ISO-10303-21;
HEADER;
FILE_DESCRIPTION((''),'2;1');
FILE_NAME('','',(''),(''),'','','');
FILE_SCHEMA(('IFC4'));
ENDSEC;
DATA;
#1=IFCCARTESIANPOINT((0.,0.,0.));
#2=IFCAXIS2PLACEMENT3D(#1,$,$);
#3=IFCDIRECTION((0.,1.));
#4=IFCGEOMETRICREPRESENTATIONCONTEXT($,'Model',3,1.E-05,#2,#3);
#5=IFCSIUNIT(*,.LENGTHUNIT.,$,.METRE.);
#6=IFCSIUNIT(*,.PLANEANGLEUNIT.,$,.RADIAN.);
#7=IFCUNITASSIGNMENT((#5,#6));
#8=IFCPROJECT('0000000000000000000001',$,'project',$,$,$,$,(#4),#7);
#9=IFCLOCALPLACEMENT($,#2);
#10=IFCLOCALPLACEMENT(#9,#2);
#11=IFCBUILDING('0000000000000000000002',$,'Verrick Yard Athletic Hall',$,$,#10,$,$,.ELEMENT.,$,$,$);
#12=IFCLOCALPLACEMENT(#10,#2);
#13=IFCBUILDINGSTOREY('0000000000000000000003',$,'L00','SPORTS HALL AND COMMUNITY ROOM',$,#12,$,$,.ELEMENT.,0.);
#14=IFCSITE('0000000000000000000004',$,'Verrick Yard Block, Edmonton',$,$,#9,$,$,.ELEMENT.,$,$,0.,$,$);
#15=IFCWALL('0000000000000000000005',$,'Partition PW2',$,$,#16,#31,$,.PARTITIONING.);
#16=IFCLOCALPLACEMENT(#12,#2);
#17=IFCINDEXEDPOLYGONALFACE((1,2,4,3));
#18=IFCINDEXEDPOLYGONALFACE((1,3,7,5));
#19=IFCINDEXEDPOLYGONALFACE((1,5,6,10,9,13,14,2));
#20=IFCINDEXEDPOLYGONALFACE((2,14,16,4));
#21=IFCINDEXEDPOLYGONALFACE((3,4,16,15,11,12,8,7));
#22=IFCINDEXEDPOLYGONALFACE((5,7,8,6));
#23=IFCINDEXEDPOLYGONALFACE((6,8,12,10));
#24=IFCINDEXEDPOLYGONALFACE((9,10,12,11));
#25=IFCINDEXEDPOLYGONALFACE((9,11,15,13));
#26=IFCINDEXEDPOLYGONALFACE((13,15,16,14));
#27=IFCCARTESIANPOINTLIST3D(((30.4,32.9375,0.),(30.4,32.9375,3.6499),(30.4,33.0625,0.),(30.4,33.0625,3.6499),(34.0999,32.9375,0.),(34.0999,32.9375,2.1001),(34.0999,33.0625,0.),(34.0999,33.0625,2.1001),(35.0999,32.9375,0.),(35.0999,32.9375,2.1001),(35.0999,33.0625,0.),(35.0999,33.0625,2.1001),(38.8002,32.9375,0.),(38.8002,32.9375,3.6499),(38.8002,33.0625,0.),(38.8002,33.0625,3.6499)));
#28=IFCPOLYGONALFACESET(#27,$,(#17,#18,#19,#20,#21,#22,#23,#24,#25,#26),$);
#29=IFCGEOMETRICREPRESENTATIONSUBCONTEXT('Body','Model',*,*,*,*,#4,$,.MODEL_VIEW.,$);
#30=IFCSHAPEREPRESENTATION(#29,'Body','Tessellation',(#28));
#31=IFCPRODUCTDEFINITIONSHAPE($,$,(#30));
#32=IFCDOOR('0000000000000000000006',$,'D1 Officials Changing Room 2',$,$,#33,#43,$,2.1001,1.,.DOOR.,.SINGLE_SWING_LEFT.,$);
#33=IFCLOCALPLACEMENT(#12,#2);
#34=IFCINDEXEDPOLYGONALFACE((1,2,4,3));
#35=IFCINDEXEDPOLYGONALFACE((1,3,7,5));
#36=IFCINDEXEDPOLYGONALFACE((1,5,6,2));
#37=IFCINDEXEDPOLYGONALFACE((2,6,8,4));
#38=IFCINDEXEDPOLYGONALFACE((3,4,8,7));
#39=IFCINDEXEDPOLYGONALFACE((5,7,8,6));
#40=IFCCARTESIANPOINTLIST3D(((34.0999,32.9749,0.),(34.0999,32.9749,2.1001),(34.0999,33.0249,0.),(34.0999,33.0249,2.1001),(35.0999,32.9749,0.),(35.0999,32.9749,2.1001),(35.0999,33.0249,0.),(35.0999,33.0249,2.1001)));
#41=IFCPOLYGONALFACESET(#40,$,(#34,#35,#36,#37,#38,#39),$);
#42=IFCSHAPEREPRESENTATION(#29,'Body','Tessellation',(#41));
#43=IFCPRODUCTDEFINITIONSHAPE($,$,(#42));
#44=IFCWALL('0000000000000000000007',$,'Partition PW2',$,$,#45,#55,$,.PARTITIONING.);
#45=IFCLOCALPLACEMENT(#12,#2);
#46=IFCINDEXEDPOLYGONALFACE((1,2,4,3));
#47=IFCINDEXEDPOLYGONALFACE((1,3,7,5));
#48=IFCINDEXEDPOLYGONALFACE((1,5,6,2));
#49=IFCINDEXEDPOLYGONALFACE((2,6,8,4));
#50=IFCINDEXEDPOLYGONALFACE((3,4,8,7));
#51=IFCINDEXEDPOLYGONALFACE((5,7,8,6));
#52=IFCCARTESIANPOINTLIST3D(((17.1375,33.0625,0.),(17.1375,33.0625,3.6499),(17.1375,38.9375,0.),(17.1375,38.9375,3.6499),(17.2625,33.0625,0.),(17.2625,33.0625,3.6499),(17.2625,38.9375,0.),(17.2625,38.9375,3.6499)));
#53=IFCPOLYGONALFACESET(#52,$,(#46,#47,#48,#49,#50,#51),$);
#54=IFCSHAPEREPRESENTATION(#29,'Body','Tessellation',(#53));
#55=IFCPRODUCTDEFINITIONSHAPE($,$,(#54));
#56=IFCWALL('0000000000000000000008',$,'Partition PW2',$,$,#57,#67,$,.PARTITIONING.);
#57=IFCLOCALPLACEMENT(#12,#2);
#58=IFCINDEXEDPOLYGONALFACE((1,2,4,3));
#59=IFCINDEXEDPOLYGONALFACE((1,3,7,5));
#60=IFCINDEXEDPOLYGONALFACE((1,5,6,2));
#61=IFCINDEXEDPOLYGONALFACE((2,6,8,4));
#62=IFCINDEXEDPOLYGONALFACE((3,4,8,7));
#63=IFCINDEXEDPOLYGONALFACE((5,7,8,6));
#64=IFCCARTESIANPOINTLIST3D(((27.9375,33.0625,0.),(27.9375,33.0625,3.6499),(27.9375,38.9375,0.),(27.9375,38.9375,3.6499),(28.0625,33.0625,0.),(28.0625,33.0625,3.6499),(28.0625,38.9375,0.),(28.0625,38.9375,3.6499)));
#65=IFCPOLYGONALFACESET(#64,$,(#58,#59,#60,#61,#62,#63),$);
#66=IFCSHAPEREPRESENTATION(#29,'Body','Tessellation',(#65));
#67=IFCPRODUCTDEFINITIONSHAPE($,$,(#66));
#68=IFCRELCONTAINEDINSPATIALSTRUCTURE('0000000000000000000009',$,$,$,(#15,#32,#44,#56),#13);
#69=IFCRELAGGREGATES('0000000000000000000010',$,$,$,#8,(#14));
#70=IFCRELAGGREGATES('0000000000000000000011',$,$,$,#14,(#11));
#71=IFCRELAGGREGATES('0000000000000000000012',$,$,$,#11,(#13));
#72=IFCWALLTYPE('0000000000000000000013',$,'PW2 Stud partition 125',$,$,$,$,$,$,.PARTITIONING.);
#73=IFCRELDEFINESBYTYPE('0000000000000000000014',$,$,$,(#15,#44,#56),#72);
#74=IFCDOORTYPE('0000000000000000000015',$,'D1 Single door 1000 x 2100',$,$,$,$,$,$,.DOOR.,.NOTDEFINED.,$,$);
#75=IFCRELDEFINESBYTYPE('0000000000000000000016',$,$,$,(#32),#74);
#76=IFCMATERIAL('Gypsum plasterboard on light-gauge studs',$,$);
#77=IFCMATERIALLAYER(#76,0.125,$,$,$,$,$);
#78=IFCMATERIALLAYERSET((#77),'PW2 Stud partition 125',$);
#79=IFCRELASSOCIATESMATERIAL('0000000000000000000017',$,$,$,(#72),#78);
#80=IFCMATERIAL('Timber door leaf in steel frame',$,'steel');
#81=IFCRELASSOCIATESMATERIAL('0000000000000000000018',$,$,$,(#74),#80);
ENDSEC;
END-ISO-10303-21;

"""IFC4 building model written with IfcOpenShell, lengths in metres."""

from ifc_helpers import new_model, si_unit, direction, frame, frame_2d, origin, place, context, subcontext, project, spatial, rectangle, extrude, material, layer, layer_set, type_object, element, fill, save


model = new_model("IFC4")

# Units and contexts
model_context = context("Model", 3, precision=1e-05, world=origin(), true_north=direction((0.0, 1.0)))
body_context = subcontext(model_context, "Body", "Model", "MODEL_VIEW")
ifc_project = project(units=[si_unit("LENGTHUNIT", "METRE"), si_unit("PLANEANGLEUNIT", "RADIAN")], contexts=[model_context])

# Site, building, storey
site_placement = place(None, origin())
site = spatial("IfcSite", under=ifc_project, at=site_placement, Name="Verrick Yard Block, Edmonton", CompositionType="ELEMENT", RefElevation=0.0)
building_placement = place(site_placement, origin())
building = spatial("IfcBuilding", under=site, at=building_placement, Name="Verrick Yard Athletic Hall", CompositionType="ELEMENT")
storey_placement = place(building_placement, origin())
storey = spatial("IfcBuildingStorey", under=building, at=storey_placement, Name="L00", Description="SPORTS HALL AND COMMUNITY ROOM", CompositionType="ELEMENT", Elevation=0.0)

# Shared definitions
ifc_material_1 = material(Name="Gypsum plasterboard on light-gauge studs")
ifc_layer_1 = layer(ifc_material_1, 0.125)
ifc_layer_set_1 = layer_set([ifc_layer_1], Name="PW2 Stud partition 125")
wall_type_1 = type_object("IfcWallType", Name="PW2 Stud partition 125", PredefinedType="PARTITIONING", material=ifc_layer_set_1)

# Shared definitions
ifc_material_2 = material(Name="Timber door leaf in steel frame", Category="steel")
door_type_1 = type_object("IfcDoorType", Name="D1 Single door 1000 x 2100", OperationType="NOTDEFINED", PredefinedType="DOOR", material=ifc_material_2)

# Wall, opening, door
wall_1_placement = place(storey_placement, frame((30.3999, 33.0, 0.0), z_axis=(0.0, 0.0, 1.0), x_axis=(1.0, 0.0, 0.0)))
wall_1 = element("IfcWall", 1, at=wall_1_placement, inside=storey, type_object=wall_type_1, Name="Partition PW2", PredefinedType="PARTITIONING", context=body_context, shape_type="SweptSolid", body=[
    extrude(rectangle(XDim=8.4001, YDim=0.125, at=frame_2d((4.2002, 0.0))), origin(), (0.0, 0.0, 1.0), 3.6499),
])
opening_1_placement = place(wall_1_placement, frame((3.7, 0.0, 0.0)))
opening_1 = element("IfcOpeningElement", 2, at=opening_1_placement, cuts=wall_1, PredefinedType="OPENING", context=body_context, shape_type="SweptSolid", body=[
    extrude(rectangle(XDim=1.0, YDim=2.1001, at=frame_2d((0.5, 1.05))), frame((0.0, 0.0725, 0.0), z_axis=(0.0, -1.0, 0.0), x_axis=(1.0, 0.0, 0.0)), (0.0, 0.0, 1.0), 0.145),
])
door_1_placement = place(opening_1_placement, origin())
door_1 = element("IfcDoor", 3, at=door_1_placement, inside=storey, type_object=door_type_1, Name="D1 Officials Changing Room 2", OperationType="SINGLE_SWING_LEFT", OverallHeight=2.1001, OverallWidth=1.0, PredefinedType="DOOR", context=body_context, shape_type="SweptSolid", body=[
    extrude(rectangle(XDim=1.0, YDim=2.1001, at=frame_2d((0.5, 1.05))), frame((0.0, 0.0249, 0.0), z_axis=(0.0, -1.0, 0.0), x_axis=(1.0, 0.0, 0.0)), (0.0, 0.0, 1.0), 0.05),
])
fill(opening_1, door_1)

# Walls
for number, where, z_axis, x_axis, name in (
    (4, (17.2, 33.0625, 0.0), (0.0, 0.0, 1.0), (0.0, 1.0, 0.0), "Partition PW2"),
    (5, (28.0, 33.0625, 0.0), (0.0, 0.0, 1.0), (0.0, 1.0, 0.0), "Partition PW2"),
):
    element("IfcWall", number, at=place(storey_placement, frame(where, z_axis=z_axis, x_axis=x_axis)), inside=storey, type_object=wall_type_1, Name=name, PredefinedType="PARTITIONING", context=body_context, shape_type="SweptSolid", body=[
        extrude(rectangle(XDim=5.875, YDim=0.125, at=frame_2d((2.9375, 0.0))), origin(), (0.0, 0.0, 1.0), 3.6499),
    ])

save(model, "model.ifc")
